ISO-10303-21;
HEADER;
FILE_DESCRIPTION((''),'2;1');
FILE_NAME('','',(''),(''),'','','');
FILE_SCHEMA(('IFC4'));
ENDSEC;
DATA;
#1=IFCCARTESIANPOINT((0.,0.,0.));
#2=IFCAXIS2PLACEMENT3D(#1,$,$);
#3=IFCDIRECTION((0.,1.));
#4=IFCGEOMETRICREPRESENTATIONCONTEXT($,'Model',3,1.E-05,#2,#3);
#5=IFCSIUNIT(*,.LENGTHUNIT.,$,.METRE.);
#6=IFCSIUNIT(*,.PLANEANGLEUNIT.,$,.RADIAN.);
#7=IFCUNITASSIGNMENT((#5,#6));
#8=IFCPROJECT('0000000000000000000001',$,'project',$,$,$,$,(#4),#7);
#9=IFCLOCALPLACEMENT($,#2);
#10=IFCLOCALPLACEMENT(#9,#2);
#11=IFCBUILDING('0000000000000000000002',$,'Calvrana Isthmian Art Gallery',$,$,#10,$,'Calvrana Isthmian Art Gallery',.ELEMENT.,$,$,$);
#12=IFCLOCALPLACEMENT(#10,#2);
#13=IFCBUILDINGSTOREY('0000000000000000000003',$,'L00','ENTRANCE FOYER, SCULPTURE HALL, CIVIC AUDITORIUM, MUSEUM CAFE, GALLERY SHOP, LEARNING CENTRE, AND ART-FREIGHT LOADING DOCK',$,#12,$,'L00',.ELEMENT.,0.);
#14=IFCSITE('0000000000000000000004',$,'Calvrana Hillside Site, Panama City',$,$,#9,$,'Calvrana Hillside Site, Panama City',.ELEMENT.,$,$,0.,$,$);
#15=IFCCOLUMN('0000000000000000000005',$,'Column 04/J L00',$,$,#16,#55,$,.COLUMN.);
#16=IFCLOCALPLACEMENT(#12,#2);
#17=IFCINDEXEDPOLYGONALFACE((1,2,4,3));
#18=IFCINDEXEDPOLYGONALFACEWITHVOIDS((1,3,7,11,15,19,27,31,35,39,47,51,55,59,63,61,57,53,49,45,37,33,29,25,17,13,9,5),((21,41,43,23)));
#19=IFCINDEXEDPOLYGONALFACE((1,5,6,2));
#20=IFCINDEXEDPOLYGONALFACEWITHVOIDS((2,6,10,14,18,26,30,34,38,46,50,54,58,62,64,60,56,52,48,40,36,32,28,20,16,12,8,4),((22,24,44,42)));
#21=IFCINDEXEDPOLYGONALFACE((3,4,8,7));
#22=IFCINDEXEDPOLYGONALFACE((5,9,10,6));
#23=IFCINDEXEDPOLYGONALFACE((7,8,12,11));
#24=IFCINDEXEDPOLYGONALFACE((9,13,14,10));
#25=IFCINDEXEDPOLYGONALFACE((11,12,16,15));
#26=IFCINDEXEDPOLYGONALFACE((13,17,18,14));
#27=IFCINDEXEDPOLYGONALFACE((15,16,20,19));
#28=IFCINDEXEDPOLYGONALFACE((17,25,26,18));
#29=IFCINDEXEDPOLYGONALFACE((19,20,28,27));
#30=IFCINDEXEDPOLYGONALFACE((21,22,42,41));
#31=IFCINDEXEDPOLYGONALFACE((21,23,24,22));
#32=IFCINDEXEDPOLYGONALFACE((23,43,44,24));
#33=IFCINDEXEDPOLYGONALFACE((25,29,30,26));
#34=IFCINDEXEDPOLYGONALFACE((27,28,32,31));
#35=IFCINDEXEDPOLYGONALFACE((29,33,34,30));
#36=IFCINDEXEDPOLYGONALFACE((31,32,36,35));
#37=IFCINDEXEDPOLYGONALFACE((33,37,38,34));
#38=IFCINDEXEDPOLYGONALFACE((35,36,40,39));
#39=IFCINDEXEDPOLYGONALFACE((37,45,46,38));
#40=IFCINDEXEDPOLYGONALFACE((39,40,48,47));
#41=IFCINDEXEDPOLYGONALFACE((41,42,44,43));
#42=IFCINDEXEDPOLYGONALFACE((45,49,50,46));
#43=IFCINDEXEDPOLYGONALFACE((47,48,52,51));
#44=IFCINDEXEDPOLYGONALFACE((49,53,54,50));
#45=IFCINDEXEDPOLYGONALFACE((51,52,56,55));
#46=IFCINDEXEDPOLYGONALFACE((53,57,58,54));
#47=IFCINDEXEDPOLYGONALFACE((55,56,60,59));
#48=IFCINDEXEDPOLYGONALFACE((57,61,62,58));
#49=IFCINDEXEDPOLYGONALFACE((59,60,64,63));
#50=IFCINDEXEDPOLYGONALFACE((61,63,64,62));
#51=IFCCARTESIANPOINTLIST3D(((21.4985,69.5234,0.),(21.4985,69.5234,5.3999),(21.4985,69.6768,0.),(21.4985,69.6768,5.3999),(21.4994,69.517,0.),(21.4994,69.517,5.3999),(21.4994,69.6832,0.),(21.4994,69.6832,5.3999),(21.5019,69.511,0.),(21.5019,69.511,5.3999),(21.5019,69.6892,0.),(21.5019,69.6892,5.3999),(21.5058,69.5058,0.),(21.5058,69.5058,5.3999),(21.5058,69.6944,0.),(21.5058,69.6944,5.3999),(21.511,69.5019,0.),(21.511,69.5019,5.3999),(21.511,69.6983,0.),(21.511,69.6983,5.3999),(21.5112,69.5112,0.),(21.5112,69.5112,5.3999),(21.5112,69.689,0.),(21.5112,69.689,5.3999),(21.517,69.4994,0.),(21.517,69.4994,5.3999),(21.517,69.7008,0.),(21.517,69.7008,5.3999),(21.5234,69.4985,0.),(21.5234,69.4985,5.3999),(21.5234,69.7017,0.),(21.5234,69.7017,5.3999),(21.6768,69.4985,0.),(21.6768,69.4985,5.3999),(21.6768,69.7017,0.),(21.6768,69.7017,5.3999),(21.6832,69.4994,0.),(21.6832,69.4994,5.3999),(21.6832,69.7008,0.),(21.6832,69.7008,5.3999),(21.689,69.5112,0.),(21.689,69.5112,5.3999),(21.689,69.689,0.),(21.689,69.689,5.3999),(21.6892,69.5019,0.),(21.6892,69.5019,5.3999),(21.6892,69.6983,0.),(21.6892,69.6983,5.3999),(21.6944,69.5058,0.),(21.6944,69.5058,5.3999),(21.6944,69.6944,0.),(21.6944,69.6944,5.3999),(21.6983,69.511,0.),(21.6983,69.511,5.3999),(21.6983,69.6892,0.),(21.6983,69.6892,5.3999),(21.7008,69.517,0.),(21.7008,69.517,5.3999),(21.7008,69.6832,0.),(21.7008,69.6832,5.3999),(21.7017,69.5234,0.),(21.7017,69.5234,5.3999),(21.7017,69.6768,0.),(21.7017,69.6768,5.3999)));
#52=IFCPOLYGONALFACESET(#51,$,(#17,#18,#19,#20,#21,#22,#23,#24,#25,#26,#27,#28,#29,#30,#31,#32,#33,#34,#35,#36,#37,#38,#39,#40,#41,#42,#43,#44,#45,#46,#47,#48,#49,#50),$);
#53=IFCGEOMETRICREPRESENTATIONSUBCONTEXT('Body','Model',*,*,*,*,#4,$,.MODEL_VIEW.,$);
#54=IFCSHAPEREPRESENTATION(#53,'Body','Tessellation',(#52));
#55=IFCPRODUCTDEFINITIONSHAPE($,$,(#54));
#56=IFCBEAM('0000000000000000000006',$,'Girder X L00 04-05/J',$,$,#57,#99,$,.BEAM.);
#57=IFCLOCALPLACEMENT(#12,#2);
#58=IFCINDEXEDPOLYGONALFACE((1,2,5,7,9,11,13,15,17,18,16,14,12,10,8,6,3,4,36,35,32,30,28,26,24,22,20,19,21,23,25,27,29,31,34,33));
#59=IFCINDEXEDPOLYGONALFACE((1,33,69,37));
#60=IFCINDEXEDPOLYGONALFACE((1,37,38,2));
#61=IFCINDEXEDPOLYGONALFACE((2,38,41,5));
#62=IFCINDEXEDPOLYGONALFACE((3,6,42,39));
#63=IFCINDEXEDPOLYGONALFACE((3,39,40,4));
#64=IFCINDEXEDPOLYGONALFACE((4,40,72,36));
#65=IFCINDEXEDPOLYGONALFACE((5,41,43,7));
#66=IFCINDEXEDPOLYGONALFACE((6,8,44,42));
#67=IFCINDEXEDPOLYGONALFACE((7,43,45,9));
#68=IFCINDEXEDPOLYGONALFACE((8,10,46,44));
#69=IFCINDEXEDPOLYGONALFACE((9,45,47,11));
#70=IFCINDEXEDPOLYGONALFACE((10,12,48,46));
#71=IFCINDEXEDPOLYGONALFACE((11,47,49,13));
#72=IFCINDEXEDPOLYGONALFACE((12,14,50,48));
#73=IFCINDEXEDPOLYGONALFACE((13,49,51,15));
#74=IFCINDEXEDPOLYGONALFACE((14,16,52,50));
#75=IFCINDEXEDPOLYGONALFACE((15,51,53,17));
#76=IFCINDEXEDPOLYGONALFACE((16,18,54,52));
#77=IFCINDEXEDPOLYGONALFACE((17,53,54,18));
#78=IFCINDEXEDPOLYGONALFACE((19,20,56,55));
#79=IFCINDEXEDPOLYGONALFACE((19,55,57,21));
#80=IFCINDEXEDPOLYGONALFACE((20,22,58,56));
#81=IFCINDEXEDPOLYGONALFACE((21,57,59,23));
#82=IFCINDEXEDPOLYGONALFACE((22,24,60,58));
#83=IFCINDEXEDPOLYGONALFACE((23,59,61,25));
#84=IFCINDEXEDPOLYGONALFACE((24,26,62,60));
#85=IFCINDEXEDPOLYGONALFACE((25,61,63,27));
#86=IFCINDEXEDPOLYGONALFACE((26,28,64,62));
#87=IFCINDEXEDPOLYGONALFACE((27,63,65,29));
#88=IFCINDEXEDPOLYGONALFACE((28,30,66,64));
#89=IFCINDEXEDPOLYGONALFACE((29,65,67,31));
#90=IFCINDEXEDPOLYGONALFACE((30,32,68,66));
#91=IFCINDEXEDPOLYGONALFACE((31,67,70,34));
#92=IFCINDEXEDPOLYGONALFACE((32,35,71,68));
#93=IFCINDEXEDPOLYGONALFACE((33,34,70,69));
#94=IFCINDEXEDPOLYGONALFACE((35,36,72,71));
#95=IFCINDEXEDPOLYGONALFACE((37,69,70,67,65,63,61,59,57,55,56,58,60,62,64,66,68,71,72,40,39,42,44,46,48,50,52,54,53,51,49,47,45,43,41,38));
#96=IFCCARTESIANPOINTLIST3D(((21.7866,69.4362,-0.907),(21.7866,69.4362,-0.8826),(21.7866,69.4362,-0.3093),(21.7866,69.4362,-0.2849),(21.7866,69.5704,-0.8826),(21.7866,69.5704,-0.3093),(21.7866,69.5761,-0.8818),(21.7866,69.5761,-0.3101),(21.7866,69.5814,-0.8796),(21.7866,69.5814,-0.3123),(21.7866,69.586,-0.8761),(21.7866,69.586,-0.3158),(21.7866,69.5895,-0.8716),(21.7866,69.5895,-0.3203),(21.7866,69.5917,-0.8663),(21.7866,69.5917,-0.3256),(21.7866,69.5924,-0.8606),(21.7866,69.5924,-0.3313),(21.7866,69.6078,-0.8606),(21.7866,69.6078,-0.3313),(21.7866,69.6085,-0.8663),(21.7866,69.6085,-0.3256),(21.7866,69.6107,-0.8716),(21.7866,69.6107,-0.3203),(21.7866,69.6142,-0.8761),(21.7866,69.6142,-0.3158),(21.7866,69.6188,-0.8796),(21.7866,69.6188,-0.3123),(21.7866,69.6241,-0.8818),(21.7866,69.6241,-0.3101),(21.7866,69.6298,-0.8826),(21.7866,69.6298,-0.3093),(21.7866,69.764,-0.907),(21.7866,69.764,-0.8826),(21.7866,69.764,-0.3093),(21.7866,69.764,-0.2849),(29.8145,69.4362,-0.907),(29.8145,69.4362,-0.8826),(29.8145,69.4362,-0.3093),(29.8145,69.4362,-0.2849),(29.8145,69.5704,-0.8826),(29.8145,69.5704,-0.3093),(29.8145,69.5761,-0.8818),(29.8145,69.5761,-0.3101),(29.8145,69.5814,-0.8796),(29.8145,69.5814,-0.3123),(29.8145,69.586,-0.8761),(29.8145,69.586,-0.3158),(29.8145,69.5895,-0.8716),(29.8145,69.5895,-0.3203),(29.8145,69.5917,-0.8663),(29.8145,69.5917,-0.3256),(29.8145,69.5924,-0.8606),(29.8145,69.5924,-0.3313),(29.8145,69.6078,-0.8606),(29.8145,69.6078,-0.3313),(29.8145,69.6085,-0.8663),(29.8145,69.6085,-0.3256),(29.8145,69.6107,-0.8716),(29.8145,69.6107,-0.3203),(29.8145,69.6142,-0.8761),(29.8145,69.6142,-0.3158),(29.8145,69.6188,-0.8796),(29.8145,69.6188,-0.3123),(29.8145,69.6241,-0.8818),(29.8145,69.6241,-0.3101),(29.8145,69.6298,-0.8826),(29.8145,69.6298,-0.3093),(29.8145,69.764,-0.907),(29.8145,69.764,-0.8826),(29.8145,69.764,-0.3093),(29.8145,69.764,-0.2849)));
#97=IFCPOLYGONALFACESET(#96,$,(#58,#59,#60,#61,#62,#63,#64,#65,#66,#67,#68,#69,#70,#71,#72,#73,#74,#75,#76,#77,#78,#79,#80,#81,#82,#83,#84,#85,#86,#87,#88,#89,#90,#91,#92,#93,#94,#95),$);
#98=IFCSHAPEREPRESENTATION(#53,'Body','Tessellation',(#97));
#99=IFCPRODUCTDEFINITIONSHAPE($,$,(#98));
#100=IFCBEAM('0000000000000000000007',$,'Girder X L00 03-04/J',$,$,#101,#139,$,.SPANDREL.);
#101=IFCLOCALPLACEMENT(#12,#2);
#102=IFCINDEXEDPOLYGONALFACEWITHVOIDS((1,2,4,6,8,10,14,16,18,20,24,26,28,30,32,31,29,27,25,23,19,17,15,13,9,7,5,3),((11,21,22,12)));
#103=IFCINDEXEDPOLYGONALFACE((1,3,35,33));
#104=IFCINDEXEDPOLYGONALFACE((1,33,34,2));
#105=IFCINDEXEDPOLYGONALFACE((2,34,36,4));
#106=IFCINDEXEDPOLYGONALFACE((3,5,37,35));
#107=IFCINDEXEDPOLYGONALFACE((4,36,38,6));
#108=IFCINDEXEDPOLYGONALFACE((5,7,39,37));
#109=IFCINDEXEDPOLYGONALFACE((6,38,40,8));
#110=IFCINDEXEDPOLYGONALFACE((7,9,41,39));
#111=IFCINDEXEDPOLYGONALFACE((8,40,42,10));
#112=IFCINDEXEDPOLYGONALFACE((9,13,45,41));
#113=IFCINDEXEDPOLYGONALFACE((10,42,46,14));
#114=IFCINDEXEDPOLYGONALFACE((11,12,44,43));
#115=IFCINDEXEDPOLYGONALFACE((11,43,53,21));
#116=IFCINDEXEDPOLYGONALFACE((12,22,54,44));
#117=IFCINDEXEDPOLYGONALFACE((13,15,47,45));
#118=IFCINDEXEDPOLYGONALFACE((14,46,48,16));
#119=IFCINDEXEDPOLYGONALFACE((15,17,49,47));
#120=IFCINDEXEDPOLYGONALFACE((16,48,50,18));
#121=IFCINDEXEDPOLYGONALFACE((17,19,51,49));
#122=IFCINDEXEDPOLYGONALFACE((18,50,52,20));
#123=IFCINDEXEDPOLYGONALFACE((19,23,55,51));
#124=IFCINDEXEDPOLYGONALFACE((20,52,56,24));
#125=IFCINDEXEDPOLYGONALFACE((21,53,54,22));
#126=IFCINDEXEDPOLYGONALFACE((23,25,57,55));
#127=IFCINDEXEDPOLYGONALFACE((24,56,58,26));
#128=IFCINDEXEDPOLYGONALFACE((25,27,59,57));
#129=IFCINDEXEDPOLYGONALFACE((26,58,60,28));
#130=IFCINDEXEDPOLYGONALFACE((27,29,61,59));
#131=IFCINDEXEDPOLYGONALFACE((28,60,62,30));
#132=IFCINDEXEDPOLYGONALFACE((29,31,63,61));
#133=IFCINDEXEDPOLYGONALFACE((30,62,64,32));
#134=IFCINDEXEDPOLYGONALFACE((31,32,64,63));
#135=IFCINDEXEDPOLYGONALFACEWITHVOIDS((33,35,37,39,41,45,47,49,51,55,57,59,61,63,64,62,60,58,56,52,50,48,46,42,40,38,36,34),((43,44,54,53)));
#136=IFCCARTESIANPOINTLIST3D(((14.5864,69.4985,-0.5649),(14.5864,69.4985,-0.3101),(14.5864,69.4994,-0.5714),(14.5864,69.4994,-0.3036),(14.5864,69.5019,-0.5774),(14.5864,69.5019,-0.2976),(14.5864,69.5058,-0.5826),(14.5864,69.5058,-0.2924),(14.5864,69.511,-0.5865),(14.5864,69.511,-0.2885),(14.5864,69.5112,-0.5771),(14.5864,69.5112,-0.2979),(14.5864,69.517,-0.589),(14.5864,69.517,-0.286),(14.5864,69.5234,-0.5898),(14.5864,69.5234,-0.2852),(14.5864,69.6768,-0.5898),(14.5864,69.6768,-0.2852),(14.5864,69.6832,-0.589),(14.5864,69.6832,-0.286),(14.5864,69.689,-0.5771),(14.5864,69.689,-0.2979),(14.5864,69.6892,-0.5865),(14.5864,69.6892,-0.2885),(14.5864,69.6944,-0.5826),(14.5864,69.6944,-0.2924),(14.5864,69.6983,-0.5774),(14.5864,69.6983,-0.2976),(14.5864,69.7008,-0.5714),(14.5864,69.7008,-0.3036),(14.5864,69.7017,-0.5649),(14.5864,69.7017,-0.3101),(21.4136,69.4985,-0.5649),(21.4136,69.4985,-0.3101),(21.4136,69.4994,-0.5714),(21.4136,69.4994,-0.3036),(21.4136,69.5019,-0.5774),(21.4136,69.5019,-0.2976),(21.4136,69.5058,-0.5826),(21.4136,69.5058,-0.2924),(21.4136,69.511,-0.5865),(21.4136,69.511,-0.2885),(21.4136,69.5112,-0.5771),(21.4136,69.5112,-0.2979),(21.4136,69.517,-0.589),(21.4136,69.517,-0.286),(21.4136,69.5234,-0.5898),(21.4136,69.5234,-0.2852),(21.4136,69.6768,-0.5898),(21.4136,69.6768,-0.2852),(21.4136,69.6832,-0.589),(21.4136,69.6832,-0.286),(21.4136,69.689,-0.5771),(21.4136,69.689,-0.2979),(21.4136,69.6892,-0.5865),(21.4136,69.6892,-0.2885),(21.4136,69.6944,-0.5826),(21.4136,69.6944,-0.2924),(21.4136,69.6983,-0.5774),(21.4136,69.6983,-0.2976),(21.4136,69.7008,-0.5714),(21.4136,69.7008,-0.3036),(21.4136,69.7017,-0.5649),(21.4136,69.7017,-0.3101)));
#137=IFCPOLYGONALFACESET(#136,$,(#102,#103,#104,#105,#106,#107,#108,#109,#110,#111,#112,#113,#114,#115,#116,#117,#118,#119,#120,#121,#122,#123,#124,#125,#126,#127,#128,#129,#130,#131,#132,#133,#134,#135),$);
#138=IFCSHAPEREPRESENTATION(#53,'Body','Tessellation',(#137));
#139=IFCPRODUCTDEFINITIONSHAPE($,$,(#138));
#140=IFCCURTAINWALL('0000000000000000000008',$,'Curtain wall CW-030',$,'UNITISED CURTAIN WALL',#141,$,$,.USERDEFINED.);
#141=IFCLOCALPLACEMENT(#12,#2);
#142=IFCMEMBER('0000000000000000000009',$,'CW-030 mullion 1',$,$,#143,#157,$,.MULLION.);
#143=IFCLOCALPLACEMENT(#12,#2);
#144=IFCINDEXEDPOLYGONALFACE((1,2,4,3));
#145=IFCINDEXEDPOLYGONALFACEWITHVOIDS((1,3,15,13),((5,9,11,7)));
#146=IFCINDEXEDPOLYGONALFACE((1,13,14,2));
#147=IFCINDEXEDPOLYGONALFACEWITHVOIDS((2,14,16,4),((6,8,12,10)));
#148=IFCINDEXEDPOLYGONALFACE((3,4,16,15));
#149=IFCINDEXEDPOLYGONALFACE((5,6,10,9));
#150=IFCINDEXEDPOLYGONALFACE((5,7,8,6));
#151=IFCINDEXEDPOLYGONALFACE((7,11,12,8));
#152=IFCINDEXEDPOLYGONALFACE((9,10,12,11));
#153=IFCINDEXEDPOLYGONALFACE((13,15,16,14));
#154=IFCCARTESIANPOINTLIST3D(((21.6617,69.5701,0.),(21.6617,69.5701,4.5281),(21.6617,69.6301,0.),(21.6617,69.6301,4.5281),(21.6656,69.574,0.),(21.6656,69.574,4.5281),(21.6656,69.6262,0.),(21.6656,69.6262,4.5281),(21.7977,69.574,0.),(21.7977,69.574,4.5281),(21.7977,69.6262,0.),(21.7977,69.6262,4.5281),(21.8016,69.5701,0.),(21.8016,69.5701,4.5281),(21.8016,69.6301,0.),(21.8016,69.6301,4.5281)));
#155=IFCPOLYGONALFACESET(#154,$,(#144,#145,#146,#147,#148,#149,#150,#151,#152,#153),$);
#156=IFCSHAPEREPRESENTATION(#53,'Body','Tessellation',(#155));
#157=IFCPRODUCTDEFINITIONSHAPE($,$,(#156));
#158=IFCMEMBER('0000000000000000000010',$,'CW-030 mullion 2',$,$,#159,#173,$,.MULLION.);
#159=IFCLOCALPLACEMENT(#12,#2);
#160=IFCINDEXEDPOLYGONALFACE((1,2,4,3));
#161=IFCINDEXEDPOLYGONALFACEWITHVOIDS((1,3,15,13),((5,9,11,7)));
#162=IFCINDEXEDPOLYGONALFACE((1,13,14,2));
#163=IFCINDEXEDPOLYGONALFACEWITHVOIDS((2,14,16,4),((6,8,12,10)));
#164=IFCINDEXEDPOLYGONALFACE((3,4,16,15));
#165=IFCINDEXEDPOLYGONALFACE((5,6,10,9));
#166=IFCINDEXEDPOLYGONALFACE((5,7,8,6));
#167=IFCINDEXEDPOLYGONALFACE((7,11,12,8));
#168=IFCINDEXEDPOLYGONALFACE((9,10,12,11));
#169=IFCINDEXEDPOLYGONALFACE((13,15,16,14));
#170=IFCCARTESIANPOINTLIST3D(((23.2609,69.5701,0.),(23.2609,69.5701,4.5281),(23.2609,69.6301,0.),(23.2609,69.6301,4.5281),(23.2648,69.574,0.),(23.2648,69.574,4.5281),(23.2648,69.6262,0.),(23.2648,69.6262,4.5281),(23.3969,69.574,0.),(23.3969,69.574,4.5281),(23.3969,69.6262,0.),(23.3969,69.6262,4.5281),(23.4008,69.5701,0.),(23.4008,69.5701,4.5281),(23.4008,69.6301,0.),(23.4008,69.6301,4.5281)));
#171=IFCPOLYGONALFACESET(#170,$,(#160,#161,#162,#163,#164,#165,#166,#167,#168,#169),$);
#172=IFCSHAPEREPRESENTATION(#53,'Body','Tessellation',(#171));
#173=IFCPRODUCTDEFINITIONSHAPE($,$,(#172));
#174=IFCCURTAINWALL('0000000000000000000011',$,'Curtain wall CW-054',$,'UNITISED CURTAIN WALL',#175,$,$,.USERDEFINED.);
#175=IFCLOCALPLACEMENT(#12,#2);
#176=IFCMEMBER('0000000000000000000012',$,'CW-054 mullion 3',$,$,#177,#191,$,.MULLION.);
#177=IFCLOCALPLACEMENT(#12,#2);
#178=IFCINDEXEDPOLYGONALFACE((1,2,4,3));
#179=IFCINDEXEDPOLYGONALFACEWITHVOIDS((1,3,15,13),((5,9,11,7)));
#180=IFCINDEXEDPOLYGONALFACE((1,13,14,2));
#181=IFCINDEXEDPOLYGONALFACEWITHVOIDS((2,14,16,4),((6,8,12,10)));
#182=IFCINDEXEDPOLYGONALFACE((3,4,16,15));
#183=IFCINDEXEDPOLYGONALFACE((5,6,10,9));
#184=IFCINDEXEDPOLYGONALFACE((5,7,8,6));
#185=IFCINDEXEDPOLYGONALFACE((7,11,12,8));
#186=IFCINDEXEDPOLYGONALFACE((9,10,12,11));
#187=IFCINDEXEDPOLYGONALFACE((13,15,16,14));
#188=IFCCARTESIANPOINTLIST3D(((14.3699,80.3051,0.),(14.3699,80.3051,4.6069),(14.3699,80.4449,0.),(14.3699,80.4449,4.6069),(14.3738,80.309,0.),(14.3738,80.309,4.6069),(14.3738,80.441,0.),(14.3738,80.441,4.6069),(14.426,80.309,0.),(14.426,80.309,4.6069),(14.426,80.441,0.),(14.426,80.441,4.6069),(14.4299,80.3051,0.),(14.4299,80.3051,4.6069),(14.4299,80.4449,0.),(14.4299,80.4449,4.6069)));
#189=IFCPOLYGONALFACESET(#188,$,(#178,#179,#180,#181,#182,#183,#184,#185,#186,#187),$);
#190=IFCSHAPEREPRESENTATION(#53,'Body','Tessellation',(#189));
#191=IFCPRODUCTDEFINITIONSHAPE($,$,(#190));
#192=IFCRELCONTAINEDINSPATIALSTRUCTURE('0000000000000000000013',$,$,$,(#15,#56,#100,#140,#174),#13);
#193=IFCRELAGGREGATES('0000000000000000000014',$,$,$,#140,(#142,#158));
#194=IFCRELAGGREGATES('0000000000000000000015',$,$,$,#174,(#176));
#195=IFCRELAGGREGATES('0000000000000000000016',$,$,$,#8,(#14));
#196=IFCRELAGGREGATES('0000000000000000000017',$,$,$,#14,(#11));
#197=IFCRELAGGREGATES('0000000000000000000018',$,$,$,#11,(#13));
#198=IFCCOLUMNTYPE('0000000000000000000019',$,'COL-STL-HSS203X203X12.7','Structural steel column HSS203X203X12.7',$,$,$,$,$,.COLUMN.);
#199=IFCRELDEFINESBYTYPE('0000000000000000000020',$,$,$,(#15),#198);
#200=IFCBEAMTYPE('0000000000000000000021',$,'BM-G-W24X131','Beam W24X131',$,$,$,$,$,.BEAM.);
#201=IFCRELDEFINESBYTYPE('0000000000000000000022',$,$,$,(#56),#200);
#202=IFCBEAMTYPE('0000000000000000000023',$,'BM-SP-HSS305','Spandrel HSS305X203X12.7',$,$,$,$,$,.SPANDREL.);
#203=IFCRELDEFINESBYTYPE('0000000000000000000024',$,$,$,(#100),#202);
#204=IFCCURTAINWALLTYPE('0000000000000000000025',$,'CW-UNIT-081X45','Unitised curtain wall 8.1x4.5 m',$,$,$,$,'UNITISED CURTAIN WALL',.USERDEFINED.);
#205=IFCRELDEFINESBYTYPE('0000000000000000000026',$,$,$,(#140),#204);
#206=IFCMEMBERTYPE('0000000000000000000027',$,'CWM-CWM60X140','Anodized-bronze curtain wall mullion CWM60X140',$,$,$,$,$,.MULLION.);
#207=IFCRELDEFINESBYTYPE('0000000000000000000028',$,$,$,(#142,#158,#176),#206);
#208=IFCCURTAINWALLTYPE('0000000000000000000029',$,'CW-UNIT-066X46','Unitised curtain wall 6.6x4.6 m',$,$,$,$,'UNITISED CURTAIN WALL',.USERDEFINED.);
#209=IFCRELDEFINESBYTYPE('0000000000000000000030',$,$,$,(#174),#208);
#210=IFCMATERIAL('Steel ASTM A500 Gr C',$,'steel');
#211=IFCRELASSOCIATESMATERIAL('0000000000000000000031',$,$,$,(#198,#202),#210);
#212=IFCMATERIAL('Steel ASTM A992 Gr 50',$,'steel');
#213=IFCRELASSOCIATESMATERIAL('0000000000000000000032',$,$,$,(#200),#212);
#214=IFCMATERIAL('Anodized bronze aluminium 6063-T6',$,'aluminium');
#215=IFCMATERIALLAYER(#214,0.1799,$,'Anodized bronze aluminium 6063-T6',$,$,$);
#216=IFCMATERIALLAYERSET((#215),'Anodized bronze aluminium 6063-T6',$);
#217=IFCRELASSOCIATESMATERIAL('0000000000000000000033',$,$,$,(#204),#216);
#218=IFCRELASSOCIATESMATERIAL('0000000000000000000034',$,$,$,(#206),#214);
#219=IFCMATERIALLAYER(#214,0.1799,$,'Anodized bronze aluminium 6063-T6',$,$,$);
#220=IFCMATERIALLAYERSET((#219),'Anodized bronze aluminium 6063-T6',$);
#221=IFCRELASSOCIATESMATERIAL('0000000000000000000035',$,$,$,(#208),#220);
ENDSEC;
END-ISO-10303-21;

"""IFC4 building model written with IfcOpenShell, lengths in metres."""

from ifc_helpers import new_model, si_unit, direction, frame, origin, origin_2d, place, context, subcontext, project, spatial, hollow_rectangle, i_section, extrude, material, layer, layer_set, material_profile, profile_set, type_object, element, aggregate, save


model = new_model("IFC4")

# Units and contexts
model_context = context("Model", 3, precision=1e-05, world=origin(), true_north=direction((0.0, 1.0)))
body_context = subcontext(model_context, "Body", "Model", "MODEL_VIEW")
ifc_project = project(units=[si_unit("LENGTHUNIT", "METRE"), si_unit("PLANEANGLEUNIT", "RADIAN")], contexts=[model_context])

# Site, building, storey
site_placement = place(None, origin())
site = spatial("IfcSite", under=ifc_project, at=site_placement, Name="Calvrana Hillside Site, Panama City", LongName="Calvrana Hillside Site, Panama City", CompositionType="ELEMENT", RefElevation=0.0)
building_placement = place(site_placement, origin())
building = spatial("IfcBuilding", under=site, at=building_placement, Name="Calvrana Isthmian Art Gallery", LongName="Calvrana Isthmian Art Gallery", CompositionType="ELEMENT")
storey_placement = place(building_placement, origin())
storey = spatial("IfcBuildingStorey", under=building, at=storey_placement, Name="L00", Description="ENTRANCE FOYER, SCULPTURE HALL, CIVIC AUDITORIUM, MUSEUM CAFE, GALLERY SHOP, LEARNING CENTRE, AND ART-FREIGHT LOADING DOCK", LongName="L00", CompositionType="ELEMENT", Elevation=0.0)

# Column
ifc_material_1 = material(Name="Steel ASTM A500 Gr C", Category="steel")
ifc_material_profile_1 = material_profile(ifc_material_1, hollow_rectangle(XDim=0.2031, YDim=0.2031, WallThickness=0.0127, OuterFilletRadius=0.0249, at=origin_2d()), Name="HSS203X203X12.7")
ifc_profile_set_1 = profile_set([ifc_material_profile_1], Name="Steel ASTM A500 Gr C")
column_type = type_object("IfcColumnType", Name="COL-STL-HSS203X203X12.7", Description="Structural steel column HSS203X203X12.7", PredefinedType="COLUMN", material=ifc_profile_set_1)
column_placement = place(storey_placement, frame((21.6001, 69.6001, 0.0), z_axis=(0.0, 0.0, 1.0), x_axis=(1.0, 0.0, 0.0)))
element("IfcColumn", 1, at=column_placement, inside=storey, type_object=column_type, Name="Column 04/J L00", PredefinedType="COLUMN", context=body_context, shape_type="SweptSolid", body=[
    extrude(hollow_rectangle(XDim=0.2031, YDim=0.2031, WallThickness=0.0127, OuterFilletRadius=0.0249, at=origin_2d()), origin(), (0.0, 0.0, 1.0), 5.3999),
])

# Beams
ifc_material_2 = material(Name="Steel ASTM A992 Gr 50", Category="steel")
ifc_material_profile_2 = material_profile(ifc_material_2, i_section(OverallWidth=0.3279, OverallDepth=0.6221, WebThickness=0.0154, FlangeThickness=0.0244, FilletRadius=0.022, at=origin_2d()), Name="W24X131")
ifc_profile_set_2 = profile_set([ifc_material_profile_2], Name="Steel ASTM A992 Gr 50")
beam_type_1 = type_object("IfcBeamType", Name="BM-G-W24X131", Description="Beam W24X131", PredefinedType="BEAM", material=ifc_profile_set_2)
beam_1_placement = place(storey_placement, frame((21.7866, 69.6001, -0.5959), z_axis=(1.0, 0.0, 0.0), x_axis=(0.0, 1.0, 0.0)))
element("IfcBeam", 2, at=beam_1_placement, inside=storey, type_object=beam_type_1, Name="Girder X L00 04-05/J", PredefinedType="BEAM", context=body_context, shape_type="SweptSolid", body=[
    extrude(i_section(OverallWidth=0.3279, OverallDepth=0.6221, WebThickness=0.0154, FlangeThickness=0.0244, FilletRadius=0.022, at=origin_2d()), origin(), (0.0, 0.0, 1.0), 8.0278),
])
ifc_material_profile_3 = material_profile(ifc_material_1, hollow_rectangle(XDim=0.2031, YDim=0.3047, WallThickness=0.0127, OuterFilletRadius=0.0249, at=origin_2d()), Name="HSS305X203X12.7")
ifc_profile_set_3 = profile_set([ifc_material_profile_3], Name="Steel ASTM A500 Gr C")
beam_type_2 = type_object("IfcBeamType", Name="BM-SP-HSS305", Description="Spandrel HSS305X203X12.7", PredefinedType="SPANDREL", material=ifc_profile_set_3)
beam_2_placement = place(storey_placement, frame((14.5864, 69.6001, -0.4375), z_axis=(1.0, 0.0, 0.0), x_axis=(0.0, 1.0, 0.0)))
element("IfcBeam", 3, at=beam_2_placement, inside=storey, type_object=beam_type_2, Name="Girder X L00 03-04/J", PredefinedType="SPANDREL", context=body_context, shape_type="SweptSolid", body=[
    extrude(hollow_rectangle(XDim=0.2031, YDim=0.3047, WallThickness=0.0127, OuterFilletRadius=0.0249, at=origin_2d()), origin(), (0.0, 0.0, 1.0), 6.8271),
])

# Curtain walls, members
ifc_material_3 = material(Name="Anodized bronze aluminium 6063-T6", Category="aluminium")
ifc_layer_1 = layer(ifc_material_3, 0.1799, Name="Anodized bronze aluminium 6063-T6")
ifc_layer_set_1 = layer_set([ifc_layer_1], Name="Anodized bronze aluminium 6063-T6")
curtain_wall_type_1 = type_object("IfcCurtainWallType", Name="CW-UNIT-081X45", Description="Unitised curtain wall 8.1x4.5 m", ElementType="UNITISED CURTAIN WALL", PredefinedType="USERDEFINED", material=ifc_layer_set_1)
curtain_wall_1_placement = place(storey_placement, origin())
curtain_wall_1 = element("IfcCurtainWall", 4, at=curtain_wall_1_placement, inside=storey, type_object=curtain_wall_type_1, Name="Curtain wall CW-030", ObjectType="UNITISED CURTAIN WALL", PredefinedType="USERDEFINED")
ifc_material_profile_4 = material_profile(ifc_material_3, hollow_rectangle(XDim=0.0601, YDim=0.1399, WallThickness=0.0039, at=origin_2d()), Name="CWM60X140")
ifc_profile_set_4 = profile_set([ifc_material_profile_4], Name="Anodized bronze aluminium 6063-T6")
member_type_1 = type_object("IfcMemberType", Name="CWM-CWM60X140", Description="Anodized-bronze curtain wall mullion CWM60X140", PredefinedType="MULLION", material=ifc_profile_set_4)
member_1_placement = place(storey_placement, frame((21.7317, 69.6001, 0.0), z_axis=(0.0, 0.0, 1.0), x_axis=(0.0, 1.0, 0.0)))
member_1 = element("IfcMember", 5, at=member_1_placement, type_object=member_type_1, Name="CW-030 mullion 1", PredefinedType="MULLION", context=body_context, shape_type="SweptSolid", body=[
    extrude(hollow_rectangle(XDim=0.0601, YDim=0.1399, WallThickness=0.0039, at=origin_2d()), origin(), (0.0, 0.0, 1.0), 4.5281),
])
member_2_placement = place(storey_placement, frame((23.3308, 69.6001, 0.0), z_axis=(0.0, 0.0, 1.0), x_axis=(0.0, 1.0, 0.0)))
member_2 = element("IfcMember", 6, at=member_2_placement, type_object=member_type_1, Name="CW-030 mullion 2", PredefinedType="MULLION", context=body_context, shape_type="SweptSolid", body=[
    extrude(hollow_rectangle(XDim=0.0601, YDim=0.1399, WallThickness=0.0039, at=origin_2d()), origin(), (0.0, 0.0, 1.0), 4.5281),
])
ifc_layer_2 = layer(ifc_material_3, 0.1799, Name="Anodized bronze aluminium 6063-T6")
ifc_layer_set_2 = layer_set([ifc_layer_2], Name="Anodized bronze aluminium 6063-T6")
curtain_wall_type_2 = type_object("IfcCurtainWallType", Name="CW-UNIT-066X46", Description="Unitised curtain wall 6.6x4.6 m", ElementType="UNITISED CURTAIN WALL", PredefinedType="USERDEFINED", material=ifc_layer_set_2)
curtain_wall_2_placement = place(storey_placement, origin())
curtain_wall_2 = element("IfcCurtainWall", 7, at=curtain_wall_2_placement, inside=storey, type_object=curtain_wall_type_2, Name="Curtain wall CW-054", ObjectType="UNITISED CURTAIN WALL", PredefinedType="USERDEFINED")
member_3_placement = place(storey_placement, frame((14.3999, 80.375, 0.0), z_axis=(0.0, 0.0, 1.0), x_axis=(1.0, 0.0, 0.0)))
member_3 = element("IfcMember", 8, at=member_3_placement, type_object=member_type_1, Name="CW-054 mullion 3", PredefinedType="MULLION", context=body_context, shape_type="SweptSolid", body=[
    extrude(hollow_rectangle(XDim=0.0601, YDim=0.1399, WallThickness=0.0039, at=origin_2d()), origin(), (0.0, 0.0, 1.0), 4.6069),
])

aggregate(curtain_wall_1, [member_1, member_2])
aggregate(curtain_wall_2, [member_3])

save(model, "model.ifc")
